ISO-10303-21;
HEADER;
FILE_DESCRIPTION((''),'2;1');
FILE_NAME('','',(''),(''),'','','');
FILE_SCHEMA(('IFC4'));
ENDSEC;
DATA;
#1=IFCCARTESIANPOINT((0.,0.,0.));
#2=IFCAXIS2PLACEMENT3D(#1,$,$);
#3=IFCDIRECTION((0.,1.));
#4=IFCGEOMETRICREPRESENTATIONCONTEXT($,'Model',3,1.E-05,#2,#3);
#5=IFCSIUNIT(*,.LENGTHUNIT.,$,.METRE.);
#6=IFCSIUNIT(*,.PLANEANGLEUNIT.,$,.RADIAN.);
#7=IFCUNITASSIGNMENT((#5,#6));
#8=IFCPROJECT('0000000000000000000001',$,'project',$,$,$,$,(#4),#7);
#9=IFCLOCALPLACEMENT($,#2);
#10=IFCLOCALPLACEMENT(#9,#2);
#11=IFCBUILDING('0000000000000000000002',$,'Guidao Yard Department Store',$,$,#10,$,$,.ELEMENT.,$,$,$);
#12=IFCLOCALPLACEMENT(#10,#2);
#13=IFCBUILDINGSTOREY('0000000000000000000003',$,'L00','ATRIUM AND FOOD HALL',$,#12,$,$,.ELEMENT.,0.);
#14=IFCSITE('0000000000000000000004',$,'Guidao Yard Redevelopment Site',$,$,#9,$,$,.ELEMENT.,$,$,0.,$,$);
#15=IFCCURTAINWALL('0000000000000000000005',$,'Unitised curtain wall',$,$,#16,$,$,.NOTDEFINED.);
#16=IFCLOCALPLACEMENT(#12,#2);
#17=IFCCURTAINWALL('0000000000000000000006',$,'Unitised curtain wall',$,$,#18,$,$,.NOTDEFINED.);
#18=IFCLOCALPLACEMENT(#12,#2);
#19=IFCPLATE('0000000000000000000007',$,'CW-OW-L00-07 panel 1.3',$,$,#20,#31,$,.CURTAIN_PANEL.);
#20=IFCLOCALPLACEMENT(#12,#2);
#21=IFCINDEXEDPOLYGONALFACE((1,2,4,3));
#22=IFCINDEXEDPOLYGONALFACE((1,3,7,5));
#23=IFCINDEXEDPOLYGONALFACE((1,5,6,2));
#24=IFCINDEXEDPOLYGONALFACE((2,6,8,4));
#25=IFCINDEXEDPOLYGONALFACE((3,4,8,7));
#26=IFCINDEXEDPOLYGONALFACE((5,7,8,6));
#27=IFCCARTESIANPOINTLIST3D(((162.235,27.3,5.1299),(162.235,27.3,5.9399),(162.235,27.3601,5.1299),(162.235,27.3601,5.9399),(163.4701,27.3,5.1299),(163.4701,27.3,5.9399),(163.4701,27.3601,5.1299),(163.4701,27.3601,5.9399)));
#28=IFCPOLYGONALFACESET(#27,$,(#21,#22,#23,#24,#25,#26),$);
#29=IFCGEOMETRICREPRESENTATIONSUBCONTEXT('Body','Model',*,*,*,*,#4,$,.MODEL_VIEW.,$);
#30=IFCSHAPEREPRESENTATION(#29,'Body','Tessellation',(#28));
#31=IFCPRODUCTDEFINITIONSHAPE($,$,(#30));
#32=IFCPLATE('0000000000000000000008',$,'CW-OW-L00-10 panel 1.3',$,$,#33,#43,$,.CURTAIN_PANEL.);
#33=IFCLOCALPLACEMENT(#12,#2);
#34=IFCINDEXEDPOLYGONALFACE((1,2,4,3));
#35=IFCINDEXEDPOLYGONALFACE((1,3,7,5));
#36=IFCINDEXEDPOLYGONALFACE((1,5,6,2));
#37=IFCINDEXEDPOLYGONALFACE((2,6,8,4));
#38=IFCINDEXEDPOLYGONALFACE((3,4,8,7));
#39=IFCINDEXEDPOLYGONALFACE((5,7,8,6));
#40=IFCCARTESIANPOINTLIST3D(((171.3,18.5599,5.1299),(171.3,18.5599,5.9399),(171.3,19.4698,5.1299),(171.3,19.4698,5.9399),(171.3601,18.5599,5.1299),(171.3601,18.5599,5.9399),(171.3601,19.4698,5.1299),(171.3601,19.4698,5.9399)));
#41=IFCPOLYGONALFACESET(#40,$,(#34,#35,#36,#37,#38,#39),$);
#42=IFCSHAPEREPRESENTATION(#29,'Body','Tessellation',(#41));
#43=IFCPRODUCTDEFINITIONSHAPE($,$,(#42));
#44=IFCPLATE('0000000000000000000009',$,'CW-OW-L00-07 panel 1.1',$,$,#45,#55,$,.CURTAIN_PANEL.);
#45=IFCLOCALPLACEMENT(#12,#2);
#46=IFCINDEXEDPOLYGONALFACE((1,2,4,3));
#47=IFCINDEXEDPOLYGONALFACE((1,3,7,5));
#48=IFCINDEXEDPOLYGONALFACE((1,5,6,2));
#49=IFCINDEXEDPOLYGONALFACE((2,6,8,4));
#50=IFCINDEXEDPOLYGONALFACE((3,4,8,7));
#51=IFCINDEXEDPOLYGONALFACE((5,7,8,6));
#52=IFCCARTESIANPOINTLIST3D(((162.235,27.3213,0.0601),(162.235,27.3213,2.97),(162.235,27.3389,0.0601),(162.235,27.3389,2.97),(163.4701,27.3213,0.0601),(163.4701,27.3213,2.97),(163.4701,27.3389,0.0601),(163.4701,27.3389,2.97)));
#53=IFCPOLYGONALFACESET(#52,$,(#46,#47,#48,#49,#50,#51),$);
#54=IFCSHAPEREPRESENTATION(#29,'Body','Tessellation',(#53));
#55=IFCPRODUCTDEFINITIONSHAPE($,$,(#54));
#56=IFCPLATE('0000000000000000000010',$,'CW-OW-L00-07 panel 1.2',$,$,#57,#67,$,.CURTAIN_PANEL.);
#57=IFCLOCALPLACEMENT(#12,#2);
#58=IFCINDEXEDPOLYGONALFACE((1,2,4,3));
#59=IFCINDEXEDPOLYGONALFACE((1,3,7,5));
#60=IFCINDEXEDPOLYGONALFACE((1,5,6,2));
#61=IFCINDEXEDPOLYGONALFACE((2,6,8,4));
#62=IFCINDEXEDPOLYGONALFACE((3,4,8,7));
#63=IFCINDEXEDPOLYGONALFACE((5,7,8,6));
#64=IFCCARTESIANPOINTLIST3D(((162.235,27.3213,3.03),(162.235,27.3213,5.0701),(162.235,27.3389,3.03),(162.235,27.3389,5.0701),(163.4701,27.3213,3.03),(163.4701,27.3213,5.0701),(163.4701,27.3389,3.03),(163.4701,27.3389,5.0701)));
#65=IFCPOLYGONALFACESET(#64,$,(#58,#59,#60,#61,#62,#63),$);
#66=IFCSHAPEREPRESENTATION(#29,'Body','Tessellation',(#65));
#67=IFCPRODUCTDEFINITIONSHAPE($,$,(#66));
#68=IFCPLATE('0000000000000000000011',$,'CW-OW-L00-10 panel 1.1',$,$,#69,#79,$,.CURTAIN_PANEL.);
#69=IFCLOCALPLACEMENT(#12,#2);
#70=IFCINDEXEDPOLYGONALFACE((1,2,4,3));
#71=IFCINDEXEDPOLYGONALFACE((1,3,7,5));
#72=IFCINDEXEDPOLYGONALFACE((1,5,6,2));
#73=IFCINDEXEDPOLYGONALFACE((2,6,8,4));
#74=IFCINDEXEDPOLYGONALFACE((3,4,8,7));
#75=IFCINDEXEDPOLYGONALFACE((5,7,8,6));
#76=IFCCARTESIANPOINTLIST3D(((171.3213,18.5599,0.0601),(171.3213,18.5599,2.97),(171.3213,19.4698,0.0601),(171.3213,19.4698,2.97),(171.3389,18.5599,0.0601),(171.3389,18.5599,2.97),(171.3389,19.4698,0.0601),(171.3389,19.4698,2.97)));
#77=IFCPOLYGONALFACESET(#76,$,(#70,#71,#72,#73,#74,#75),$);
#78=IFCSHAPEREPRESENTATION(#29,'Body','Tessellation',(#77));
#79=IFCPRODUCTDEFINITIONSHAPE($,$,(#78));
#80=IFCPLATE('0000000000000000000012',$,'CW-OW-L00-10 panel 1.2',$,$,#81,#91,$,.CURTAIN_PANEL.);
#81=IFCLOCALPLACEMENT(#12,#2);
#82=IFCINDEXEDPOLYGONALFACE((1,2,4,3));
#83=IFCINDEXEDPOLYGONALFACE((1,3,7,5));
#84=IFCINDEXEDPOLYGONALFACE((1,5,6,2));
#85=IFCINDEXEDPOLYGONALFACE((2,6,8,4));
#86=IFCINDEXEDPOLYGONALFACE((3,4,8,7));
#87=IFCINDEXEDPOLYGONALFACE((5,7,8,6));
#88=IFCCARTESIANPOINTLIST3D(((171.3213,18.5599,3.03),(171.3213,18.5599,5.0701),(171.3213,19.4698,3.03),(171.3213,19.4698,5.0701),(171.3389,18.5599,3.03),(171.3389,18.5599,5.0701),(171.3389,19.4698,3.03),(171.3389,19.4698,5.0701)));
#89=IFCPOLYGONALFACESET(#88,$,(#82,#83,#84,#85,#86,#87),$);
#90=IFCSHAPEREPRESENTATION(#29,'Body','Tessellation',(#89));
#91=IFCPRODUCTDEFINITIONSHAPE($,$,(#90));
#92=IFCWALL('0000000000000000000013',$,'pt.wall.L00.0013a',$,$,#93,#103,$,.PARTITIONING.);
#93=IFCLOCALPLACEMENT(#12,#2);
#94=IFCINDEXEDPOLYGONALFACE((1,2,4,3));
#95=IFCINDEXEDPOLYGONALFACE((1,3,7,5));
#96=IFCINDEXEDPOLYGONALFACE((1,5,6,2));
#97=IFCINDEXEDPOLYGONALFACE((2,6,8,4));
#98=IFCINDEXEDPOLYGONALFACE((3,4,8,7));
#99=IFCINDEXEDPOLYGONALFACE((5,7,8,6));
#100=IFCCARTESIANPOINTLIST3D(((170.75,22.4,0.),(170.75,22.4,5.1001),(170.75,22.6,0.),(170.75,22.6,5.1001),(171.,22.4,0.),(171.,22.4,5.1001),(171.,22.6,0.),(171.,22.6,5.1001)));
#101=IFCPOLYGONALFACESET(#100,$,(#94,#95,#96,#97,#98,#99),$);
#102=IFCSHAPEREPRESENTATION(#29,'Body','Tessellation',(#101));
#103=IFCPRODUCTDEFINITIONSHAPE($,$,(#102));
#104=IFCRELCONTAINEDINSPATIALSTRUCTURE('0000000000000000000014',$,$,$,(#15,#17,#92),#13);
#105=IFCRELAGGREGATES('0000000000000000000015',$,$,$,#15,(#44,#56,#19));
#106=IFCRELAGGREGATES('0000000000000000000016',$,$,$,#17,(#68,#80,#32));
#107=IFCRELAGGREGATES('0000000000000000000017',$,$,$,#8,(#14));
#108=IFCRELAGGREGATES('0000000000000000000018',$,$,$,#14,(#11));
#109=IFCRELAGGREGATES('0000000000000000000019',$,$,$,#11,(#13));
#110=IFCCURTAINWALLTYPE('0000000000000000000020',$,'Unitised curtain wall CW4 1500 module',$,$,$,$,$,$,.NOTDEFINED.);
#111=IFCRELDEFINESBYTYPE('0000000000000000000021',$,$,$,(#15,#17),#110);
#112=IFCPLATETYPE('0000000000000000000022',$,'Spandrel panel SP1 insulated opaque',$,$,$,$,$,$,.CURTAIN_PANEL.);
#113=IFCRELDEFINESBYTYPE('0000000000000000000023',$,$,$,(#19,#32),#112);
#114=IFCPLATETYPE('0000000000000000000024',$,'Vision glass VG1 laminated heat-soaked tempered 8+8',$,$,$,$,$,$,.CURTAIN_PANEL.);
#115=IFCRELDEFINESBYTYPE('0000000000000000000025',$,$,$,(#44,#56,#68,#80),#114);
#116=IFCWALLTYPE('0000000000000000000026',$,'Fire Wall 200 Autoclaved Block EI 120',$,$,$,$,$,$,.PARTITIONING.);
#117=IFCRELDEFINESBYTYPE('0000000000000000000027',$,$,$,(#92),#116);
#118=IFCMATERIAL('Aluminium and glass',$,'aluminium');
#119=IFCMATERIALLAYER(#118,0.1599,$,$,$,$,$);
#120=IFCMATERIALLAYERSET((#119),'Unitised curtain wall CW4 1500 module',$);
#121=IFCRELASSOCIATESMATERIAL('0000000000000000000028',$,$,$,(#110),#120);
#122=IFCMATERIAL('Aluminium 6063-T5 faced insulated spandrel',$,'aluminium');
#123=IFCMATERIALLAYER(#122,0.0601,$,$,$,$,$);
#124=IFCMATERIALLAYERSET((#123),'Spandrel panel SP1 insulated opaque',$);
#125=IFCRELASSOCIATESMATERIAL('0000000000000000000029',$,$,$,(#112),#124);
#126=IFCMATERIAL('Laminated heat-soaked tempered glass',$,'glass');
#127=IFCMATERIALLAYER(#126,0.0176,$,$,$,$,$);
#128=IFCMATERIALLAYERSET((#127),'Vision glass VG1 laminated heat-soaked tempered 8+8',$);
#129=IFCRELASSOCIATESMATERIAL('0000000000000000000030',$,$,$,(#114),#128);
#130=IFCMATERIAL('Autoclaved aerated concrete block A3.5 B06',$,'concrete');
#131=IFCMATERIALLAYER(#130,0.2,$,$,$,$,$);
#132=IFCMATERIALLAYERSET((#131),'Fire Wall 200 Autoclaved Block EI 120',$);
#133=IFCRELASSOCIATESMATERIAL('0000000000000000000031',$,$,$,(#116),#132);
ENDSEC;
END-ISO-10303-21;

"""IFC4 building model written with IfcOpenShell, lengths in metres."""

from ifc_helpers import new_model, si_unit, direction, frame, frame_2d, origin, origin_2d, place, context, subcontext, project, spatial, rectangle, extrude, material, layer, layer_set, type_object, element, aggregate, save


model = new_model("IFC4")

# Units and contexts
model_context = context("Model", 3, precision=1e-05, world=origin(), true_north=direction((0.0, 1.0)))
body_context = subcontext(model_context, "Body", "Model", "MODEL_VIEW")
ifc_project = project(units=[si_unit("LENGTHUNIT", "METRE"), si_unit("PLANEANGLEUNIT", "RADIAN")], contexts=[model_context])

# Site, building, storey
site_placement = place(None, origin())
site = spatial("IfcSite", under=ifc_project, at=site_placement, Name="Guidao Yard Redevelopment Site", CompositionType="ELEMENT", RefElevation=0.0)
building_placement = place(site_placement, origin())
building = spatial("IfcBuilding", under=site, at=building_placement, Name="Guidao Yard Department Store", CompositionType="ELEMENT")
storey_placement = place(building_placement, origin())
storey = spatial("IfcBuildingStorey", under=building, at=storey_placement, Name="L00", Description="ATRIUM AND FOOD HALL", CompositionType="ELEMENT", Elevation=0.0)

# Curtain wall
ifc_material_1 = material(Name="Aluminium and glass", Category="aluminium")
ifc_layer_1 = layer(ifc_material_1, 0.1599)
ifc_layer_set_1 = layer_set([ifc_layer_1], Name="Unitised curtain wall CW4 1500 module")
curtain_wall_type = type_object("IfcCurtainWallType", Name="Unitised curtain wall CW4 1500 module", PredefinedType="NOTDEFINED", material=ifc_layer_set_1)
curtain_wall_1_placement = place(storey_placement, origin())
curtain_wall_1 = element("IfcCurtainWall", 1, at=curtain_wall_1_placement, inside=storey, type_object=curtain_wall_type, Name="Unitised curtain wall", PredefinedType="NOTDEFINED")

# Curtain wall
curtain_wall_2_placement = place(storey_placement, origin())
curtain_wall_2 = element("IfcCurtainWall", 2, at=curtain_wall_2_placement, inside=storey, type_object=curtain_wall_type, Name="Unitised curtain wall", PredefinedType="NOTDEFINED")

# Plates
ifc_material_2 = material(Name="Aluminium 6063-T5 faced insulated spandrel", Category="aluminium")
ifc_layer_2 = layer(ifc_material_2, 0.0601)
ifc_layer_set_2 = layer_set([ifc_layer_2], Name="Spandrel panel SP1 insulated opaque")
plate_type_1 = type_object("IfcPlateType", Name="Spandrel panel SP1 insulated opaque", PredefinedType="CURTAIN_PANEL", material=ifc_layer_set_2)
plate_1_placement = place(storey_placement, frame((162.8525, 27.3301, 5.1299), z_axis=(0.0, 0.0, 1.0), x_axis=(1.0, 0.0, 0.0)))
plate_1 = element("IfcPlate", 3, at=plate_1_placement, type_object=plate_type_1, Name="CW-OW-L00-07 panel 1.3", PredefinedType="CURTAIN_PANEL", context=body_context, shape_type="SweptSolid", body=[
    extrude(rectangle(XDim=1.2351, YDim=0.0601, at=origin_2d()), origin(), (0.0, 0.0, 1.0), 0.8101),
])
plate_2_placement = place(storey_placement, frame((171.3301, 19.0149, 5.1299), z_axis=(0.0, 0.0, 1.0), x_axis=(0.0, -1.0, 0.0)))
plate_2 = element("IfcPlate", 4, at=plate_2_placement, type_object=plate_type_1, Name="CW-OW-L00-10 panel 1.3", PredefinedType="CURTAIN_PANEL", context=body_context, shape_type="SweptSolid", body=[
    extrude(rectangle(XDim=0.9099, YDim=0.0601, at=origin_2d()), origin(), (0.0, 0.0, 1.0), 0.8101),
])
ifc_material_3 = material(Name="Laminated heat-soaked tempered glass", Category="glass")
ifc_layer_3 = layer(ifc_material_3, 0.0176)
ifc_layer_set_3 = layer_set([ifc_layer_3], Name="Vision glass VG1 laminated heat-soaked tempered 8+8")
plate_type_2 = type_object("IfcPlateType", Name="Vision glass VG1 laminated heat-soaked tempered 8+8", PredefinedType="CURTAIN_PANEL", material=ifc_layer_set_3)
plate_3_placement = place(storey_placement, frame((162.8525, 27.3301, 0.0601), z_axis=(0.0, 0.0, 1.0), x_axis=(1.0, 0.0, 0.0)))
plate_3 = element("IfcPlate", 5, at=plate_3_placement, type_object=plate_type_2, Name="CW-OW-L00-07 panel 1.1", PredefinedType="CURTAIN_PANEL", context=body_context, shape_type="SweptSolid", body=[
    extrude(rectangle(XDim=1.2351, YDim=0.0176, at=origin_2d()), origin(), (0.0, 0.0, 1.0), 2.9099),
])
plate_4_placement = place(storey_placement, frame((162.8525, 27.3301, 3.03), z_axis=(0.0, 0.0, 1.0), x_axis=(1.0, 0.0, 0.0)))
plate_4 = element("IfcPlate", 6, at=plate_4_placement, type_object=plate_type_2, Name="CW-OW-L00-07 panel 1.2", PredefinedType="CURTAIN_PANEL", context=body_context, shape_type="SweptSolid", body=[
    extrude(rectangle(XDim=1.2351, YDim=0.0176, at=origin_2d()), origin(), (0.0, 0.0, 1.0), 2.04),
])
aggregate(curtain_wall_1, [plate_3, plate_4, plate_1])
plate_5_placement = place(storey_placement, frame((171.3301, 19.0149, 0.0601), z_axis=(0.0, 0.0, 1.0), x_axis=(0.0, -1.0, 0.0)))
plate_5 = element("IfcPlate", 7, at=plate_5_placement, type_object=plate_type_2, Name="CW-OW-L00-10 panel 1.1", PredefinedType="CURTAIN_PANEL", context=body_context, shape_type="SweptSolid", body=[
    extrude(rectangle(XDim=0.9099, YDim=0.0176, at=origin_2d()), origin(), (0.0, 0.0, 1.0), 2.9099),
])
plate_6_placement = place(storey_placement, frame((171.3301, 19.0149, 3.03), z_axis=(0.0, 0.0, 1.0), x_axis=(0.0, -1.0, 0.0)))
plate_6 = element("IfcPlate", 8, at=plate_6_placement, type_object=plate_type_2, Name="CW-OW-L00-10 panel 1.2", PredefinedType="CURTAIN_PANEL", context=body_context, shape_type="SweptSolid", body=[
    extrude(rectangle(XDim=0.9099, YDim=0.0176, at=origin_2d()), origin(), (0.0, 0.0, 1.0), 2.04),
])
aggregate(curtain_wall_2, [plate_5, plate_6, plate_2])

# Wall
ifc_material_4 = material(Name="Autoclaved aerated concrete block A3.5 B06", Category="concrete")
ifc_layer_4 = layer(ifc_material_4, 0.2)
ifc_layer_set_4 = layer_set([ifc_layer_4], Name="Fire Wall 200 Autoclaved Block EI 120")
wall_type = type_object("IfcWallType", Name="Fire Wall 200 Autoclaved Block EI 120", PredefinedType="PARTITIONING", material=ifc_layer_set_4)
wall_placement = place(storey_placement, frame((170.75, 22.5, 0.0), z_axis=(0.0, 0.0, 1.0), x_axis=(1.0, 0.0, 0.0)))
element("IfcWall", 9, at=wall_placement, inside=storey, type_object=wall_type, Name="pt.wall.L00.0013a", PredefinedType="PARTITIONING", context=body_context, shape_type="SweptSolid", body=[
    extrude(rectangle(XDim=0.25, YDim=0.2, at=frame_2d((0.125, 0.0))), origin(), (0.0, 0.0, 1.0), 5.1001),
])

save(model, "model.ifc")
